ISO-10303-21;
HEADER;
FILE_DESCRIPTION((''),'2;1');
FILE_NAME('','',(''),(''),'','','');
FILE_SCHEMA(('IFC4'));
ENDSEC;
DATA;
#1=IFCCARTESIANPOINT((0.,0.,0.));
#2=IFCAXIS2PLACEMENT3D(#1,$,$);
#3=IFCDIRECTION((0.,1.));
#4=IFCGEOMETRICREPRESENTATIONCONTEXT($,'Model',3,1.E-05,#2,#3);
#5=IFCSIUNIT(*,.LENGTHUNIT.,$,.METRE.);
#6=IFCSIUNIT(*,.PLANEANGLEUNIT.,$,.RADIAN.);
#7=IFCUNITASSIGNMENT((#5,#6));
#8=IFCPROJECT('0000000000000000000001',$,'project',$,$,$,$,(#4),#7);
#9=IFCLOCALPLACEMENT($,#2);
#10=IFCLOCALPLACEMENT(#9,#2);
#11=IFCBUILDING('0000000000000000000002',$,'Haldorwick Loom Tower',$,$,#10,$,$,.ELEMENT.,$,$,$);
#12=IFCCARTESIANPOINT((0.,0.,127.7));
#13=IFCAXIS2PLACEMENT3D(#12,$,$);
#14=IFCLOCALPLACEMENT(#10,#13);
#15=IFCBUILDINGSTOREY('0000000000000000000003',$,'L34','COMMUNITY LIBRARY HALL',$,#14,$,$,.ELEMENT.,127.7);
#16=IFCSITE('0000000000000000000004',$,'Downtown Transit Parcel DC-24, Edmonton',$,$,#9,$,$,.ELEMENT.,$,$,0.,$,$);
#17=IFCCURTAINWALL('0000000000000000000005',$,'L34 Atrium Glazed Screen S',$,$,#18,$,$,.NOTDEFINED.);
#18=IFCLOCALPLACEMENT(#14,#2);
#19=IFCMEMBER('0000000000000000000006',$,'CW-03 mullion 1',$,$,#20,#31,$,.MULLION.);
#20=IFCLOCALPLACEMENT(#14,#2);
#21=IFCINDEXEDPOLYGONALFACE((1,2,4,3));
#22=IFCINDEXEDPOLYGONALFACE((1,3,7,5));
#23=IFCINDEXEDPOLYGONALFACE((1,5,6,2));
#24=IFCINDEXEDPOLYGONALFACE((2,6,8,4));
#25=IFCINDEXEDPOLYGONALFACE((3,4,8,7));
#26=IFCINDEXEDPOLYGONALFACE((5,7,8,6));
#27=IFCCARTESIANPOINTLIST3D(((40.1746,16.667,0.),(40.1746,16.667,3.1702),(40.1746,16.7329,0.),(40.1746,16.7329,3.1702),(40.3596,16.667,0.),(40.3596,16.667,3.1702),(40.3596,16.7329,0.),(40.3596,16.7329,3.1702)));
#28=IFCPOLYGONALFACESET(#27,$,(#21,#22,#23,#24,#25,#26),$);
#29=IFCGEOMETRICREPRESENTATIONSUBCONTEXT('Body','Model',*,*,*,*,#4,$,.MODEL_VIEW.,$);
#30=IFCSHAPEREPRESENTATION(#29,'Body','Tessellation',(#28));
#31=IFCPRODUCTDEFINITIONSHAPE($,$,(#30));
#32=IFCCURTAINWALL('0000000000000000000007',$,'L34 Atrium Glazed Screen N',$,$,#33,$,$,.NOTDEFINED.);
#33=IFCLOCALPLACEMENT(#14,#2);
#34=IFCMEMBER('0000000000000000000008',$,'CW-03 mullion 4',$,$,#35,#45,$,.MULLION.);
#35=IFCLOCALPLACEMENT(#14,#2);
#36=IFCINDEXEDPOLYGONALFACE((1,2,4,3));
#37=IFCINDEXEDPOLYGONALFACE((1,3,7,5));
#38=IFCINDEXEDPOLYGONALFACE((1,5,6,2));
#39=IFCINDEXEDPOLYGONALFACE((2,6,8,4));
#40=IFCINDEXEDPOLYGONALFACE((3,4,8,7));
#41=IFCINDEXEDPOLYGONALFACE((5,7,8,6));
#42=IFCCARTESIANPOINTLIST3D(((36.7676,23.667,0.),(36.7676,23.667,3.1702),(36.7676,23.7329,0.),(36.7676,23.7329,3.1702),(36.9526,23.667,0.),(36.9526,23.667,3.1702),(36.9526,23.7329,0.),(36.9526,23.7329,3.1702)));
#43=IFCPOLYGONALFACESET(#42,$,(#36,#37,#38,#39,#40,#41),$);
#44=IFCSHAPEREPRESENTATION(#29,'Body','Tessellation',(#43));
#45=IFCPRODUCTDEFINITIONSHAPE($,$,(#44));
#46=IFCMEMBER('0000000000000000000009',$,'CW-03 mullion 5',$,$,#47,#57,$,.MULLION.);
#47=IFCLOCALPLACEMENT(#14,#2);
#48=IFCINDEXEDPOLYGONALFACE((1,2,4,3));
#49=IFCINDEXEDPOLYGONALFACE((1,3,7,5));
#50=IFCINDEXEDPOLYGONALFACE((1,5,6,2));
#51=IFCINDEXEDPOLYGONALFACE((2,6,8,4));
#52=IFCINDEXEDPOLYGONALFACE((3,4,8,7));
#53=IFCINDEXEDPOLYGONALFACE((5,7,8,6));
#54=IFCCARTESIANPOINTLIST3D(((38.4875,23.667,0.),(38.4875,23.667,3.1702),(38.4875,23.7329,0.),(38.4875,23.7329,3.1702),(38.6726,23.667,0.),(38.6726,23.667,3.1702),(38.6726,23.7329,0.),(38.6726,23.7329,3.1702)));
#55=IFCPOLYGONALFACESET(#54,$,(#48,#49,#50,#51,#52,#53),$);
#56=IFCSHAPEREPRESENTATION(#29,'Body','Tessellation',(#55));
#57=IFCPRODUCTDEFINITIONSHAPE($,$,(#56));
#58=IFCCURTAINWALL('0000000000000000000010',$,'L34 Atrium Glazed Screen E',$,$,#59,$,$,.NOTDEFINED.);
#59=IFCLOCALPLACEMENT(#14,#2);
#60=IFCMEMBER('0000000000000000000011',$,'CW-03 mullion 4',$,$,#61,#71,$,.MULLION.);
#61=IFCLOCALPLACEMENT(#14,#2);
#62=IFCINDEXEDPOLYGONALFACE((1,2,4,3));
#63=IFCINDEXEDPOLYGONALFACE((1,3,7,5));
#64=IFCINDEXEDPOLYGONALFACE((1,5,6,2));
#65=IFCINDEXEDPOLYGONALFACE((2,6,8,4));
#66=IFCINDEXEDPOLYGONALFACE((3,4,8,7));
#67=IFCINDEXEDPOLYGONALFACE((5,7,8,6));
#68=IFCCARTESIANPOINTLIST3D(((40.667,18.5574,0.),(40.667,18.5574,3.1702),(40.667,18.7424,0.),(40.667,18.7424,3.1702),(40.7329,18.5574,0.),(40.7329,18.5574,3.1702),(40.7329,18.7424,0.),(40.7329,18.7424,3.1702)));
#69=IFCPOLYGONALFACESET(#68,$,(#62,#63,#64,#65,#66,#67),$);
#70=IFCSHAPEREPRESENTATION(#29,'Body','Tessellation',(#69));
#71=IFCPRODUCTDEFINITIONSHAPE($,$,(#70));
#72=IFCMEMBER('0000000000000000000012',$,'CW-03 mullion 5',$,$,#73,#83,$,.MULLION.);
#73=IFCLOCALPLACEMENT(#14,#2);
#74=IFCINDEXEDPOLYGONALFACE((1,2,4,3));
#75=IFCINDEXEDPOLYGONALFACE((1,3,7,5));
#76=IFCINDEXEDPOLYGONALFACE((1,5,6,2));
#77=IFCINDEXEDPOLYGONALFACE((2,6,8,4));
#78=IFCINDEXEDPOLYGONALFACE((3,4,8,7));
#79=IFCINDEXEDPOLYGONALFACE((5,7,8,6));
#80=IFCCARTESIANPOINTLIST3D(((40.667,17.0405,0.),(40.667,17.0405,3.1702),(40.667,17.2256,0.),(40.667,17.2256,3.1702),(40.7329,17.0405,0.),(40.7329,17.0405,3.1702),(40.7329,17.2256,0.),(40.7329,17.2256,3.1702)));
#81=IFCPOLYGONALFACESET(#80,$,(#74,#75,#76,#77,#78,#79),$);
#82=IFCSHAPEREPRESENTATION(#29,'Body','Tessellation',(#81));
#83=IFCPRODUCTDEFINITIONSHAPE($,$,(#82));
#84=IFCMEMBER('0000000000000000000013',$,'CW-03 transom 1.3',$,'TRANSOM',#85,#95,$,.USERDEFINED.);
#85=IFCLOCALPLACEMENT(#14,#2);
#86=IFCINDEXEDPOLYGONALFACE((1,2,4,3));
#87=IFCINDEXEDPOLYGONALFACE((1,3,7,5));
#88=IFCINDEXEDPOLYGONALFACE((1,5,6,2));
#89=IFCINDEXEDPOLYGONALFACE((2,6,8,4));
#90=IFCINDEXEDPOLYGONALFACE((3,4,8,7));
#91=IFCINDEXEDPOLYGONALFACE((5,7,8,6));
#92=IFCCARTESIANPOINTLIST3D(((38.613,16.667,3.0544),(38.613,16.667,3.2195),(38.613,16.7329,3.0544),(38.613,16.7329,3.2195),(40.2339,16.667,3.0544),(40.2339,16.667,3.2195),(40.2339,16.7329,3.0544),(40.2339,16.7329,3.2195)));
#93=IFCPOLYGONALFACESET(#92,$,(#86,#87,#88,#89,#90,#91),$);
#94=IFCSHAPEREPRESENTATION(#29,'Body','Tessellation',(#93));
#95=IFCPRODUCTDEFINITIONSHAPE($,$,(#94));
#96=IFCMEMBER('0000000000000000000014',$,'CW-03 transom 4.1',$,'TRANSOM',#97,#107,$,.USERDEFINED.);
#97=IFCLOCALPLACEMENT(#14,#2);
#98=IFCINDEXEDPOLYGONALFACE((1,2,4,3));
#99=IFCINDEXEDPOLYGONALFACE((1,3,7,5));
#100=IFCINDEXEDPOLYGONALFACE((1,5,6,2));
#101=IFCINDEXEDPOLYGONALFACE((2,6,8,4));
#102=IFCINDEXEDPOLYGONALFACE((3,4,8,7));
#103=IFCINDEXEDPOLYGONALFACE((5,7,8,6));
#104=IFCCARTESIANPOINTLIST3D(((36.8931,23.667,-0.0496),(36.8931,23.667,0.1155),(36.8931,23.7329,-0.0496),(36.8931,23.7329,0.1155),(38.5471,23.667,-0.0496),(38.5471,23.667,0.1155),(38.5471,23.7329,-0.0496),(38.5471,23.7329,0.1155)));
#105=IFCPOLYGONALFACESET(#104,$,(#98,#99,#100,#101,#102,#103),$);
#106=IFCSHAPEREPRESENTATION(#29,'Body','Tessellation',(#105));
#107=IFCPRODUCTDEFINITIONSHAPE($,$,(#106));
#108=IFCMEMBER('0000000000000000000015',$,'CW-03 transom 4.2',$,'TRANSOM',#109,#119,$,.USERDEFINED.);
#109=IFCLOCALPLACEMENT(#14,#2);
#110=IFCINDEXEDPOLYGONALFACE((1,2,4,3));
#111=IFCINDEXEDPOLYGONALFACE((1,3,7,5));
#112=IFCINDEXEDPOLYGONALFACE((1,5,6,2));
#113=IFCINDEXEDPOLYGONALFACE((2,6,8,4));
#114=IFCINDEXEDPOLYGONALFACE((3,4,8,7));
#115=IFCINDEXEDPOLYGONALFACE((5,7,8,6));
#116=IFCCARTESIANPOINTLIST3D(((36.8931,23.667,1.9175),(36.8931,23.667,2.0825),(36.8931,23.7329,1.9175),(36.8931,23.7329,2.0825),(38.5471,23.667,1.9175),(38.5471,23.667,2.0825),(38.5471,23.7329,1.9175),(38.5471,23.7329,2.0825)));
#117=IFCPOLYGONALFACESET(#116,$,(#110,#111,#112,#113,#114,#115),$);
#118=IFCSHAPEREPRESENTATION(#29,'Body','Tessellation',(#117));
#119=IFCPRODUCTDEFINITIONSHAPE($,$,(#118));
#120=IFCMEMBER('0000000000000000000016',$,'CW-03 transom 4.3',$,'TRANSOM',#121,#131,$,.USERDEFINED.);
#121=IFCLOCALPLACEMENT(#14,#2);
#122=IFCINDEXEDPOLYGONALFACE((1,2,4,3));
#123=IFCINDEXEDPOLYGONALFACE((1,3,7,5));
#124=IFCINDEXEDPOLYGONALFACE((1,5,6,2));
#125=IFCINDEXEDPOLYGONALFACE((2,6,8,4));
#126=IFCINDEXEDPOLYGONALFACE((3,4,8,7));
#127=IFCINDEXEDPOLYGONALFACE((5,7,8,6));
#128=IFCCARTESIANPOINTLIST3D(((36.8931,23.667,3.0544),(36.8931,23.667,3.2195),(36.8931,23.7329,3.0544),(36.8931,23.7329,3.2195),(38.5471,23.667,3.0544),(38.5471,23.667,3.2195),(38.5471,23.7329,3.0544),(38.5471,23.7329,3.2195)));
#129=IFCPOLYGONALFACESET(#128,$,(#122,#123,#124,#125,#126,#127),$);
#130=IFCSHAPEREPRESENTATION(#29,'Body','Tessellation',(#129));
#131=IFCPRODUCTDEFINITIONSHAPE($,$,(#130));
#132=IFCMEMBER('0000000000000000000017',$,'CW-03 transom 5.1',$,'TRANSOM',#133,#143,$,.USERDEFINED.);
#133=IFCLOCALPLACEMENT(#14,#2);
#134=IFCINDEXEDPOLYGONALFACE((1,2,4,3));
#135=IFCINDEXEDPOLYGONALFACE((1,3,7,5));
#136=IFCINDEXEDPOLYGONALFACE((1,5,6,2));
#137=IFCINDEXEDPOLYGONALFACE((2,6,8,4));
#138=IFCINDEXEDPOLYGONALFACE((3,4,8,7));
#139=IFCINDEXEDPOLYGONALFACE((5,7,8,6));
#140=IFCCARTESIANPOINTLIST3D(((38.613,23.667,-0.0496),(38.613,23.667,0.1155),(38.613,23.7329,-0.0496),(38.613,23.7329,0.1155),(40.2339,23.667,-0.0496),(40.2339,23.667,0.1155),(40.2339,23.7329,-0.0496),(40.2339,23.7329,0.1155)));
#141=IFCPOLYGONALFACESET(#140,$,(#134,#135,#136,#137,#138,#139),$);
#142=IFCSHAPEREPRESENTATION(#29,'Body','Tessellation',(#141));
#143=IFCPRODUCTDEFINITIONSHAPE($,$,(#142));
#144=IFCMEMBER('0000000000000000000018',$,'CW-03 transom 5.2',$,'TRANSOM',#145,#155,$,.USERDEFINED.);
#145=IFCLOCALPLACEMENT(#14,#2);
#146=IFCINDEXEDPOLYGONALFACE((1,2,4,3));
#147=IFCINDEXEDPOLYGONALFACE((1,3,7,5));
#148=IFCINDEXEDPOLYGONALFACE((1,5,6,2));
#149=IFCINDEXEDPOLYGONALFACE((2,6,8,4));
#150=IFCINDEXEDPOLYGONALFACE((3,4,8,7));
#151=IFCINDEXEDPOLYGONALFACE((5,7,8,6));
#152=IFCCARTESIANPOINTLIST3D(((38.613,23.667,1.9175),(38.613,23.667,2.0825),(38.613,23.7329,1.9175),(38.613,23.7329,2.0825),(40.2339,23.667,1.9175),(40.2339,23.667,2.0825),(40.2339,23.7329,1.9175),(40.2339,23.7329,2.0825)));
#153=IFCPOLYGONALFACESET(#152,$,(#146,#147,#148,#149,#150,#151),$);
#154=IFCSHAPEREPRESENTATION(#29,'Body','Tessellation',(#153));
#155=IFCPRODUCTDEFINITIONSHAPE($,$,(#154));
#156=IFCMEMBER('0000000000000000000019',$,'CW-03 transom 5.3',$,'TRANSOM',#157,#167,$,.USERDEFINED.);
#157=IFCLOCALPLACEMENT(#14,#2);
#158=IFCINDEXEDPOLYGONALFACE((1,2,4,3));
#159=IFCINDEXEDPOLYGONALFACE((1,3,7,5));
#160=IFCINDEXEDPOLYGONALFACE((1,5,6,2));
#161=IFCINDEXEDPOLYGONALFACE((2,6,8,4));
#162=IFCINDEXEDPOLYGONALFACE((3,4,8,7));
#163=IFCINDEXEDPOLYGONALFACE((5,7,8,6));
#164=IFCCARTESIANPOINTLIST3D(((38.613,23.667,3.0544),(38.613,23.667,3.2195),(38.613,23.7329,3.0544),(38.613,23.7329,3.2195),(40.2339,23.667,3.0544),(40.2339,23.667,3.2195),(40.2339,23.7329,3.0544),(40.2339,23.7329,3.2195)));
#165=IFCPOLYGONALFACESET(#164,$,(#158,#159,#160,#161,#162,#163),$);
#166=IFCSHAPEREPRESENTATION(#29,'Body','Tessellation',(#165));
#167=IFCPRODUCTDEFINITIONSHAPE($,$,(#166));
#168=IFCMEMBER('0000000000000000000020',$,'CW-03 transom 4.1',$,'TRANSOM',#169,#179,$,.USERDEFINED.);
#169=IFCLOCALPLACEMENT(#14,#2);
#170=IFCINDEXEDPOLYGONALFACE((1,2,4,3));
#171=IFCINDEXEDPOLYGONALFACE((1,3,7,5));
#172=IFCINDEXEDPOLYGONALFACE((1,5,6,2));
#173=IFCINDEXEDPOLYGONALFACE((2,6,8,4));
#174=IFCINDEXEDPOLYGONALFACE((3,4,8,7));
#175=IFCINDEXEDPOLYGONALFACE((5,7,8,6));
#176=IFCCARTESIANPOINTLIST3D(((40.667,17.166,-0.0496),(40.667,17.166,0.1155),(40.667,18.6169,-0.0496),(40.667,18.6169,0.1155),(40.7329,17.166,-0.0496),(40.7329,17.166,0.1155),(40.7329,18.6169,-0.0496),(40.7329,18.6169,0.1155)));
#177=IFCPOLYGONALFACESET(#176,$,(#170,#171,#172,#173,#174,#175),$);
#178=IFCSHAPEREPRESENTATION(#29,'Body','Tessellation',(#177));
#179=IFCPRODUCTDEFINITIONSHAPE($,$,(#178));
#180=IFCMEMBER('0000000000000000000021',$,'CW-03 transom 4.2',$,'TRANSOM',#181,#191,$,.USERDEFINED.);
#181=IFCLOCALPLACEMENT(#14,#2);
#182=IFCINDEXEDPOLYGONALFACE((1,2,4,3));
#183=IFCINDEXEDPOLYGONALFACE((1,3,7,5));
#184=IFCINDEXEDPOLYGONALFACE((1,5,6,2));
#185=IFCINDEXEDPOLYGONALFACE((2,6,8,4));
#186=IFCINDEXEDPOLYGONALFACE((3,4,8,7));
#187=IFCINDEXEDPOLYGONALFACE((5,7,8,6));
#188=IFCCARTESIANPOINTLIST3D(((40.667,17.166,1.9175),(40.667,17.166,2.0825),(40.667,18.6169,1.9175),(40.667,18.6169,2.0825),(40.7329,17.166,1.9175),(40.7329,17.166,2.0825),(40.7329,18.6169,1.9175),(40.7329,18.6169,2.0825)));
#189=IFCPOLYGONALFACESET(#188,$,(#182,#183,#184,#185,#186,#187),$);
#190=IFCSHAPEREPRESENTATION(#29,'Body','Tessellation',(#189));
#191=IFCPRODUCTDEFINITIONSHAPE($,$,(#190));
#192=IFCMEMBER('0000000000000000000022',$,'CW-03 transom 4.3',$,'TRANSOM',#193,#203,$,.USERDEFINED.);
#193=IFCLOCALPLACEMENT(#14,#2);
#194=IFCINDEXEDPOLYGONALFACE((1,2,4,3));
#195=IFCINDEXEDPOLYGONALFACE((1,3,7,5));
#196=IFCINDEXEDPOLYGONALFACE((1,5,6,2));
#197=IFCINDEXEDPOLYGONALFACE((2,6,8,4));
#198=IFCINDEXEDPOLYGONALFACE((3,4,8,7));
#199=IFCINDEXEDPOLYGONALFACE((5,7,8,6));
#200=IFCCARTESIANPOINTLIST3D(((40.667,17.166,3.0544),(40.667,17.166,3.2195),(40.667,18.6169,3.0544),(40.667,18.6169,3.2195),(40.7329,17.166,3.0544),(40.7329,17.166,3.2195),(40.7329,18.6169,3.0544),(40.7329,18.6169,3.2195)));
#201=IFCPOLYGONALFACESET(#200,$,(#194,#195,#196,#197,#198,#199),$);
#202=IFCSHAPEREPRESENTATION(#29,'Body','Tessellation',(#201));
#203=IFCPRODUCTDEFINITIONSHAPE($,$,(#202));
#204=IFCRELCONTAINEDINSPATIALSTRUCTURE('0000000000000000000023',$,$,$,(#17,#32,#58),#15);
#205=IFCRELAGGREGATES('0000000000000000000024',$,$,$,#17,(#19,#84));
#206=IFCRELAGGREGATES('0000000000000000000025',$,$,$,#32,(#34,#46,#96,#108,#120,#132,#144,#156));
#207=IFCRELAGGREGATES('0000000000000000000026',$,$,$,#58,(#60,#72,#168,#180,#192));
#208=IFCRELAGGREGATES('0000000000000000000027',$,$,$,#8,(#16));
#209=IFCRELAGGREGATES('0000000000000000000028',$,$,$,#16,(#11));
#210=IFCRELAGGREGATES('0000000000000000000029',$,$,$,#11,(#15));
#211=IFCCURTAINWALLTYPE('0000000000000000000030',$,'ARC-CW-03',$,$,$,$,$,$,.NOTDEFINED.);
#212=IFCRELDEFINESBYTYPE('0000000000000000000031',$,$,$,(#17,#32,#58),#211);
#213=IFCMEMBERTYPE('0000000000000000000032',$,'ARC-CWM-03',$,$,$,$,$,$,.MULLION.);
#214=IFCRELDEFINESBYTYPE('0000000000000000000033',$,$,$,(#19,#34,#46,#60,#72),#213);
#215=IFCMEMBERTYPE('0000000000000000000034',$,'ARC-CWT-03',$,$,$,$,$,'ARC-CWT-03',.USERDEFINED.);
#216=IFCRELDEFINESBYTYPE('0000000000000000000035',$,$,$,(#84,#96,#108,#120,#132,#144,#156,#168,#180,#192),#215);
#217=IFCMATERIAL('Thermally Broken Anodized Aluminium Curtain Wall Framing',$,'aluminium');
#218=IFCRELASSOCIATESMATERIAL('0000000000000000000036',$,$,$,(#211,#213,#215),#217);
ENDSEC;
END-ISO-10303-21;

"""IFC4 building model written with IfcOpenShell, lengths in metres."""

from ifc_helpers import new_model, si_unit, direction, frame, origin, origin_2d, place, context, subcontext, project, spatial, rectangle, extrude, material, material_profile, profile_set, type_object, element, aggregate, save


model = new_model("IFC4")

# Units and contexts
model_context = context("Model", 3, precision=1e-05, world=origin(), true_north=direction((0.0, 1.0)))
body_context = subcontext(model_context, "Body", "Model", "MODEL_VIEW")
ifc_project = project(units=[si_unit("LENGTHUNIT", "METRE"), si_unit("PLANEANGLEUNIT", "RADIAN")], contexts=[model_context])

# Site, building, storey
site_placement = place(None, origin())
site = spatial("IfcSite", under=ifc_project, at=site_placement, Name="Downtown Transit Parcel DC-24, Edmonton", CompositionType="ELEMENT", RefElevation=0.0)
building_placement = place(site_placement, origin())
building = spatial("IfcBuilding", under=site, at=building_placement, Name="Haldorwick Loom Tower", CompositionType="ELEMENT")
storey_placement = place(building_placement, frame((0.0, 0.0, 127.7)))
storey = spatial("IfcBuildingStorey", under=building, at=storey_placement, Name="L34", Description="COMMUNITY LIBRARY HALL", CompositionType="ELEMENT", Elevation=127.7)

# Curtain wall, member
ifc_material_1 = material(Name="Thermally Broken Anodized Aluminium Curtain Wall Framing", Category="aluminium")
curtain_wall_type = type_object("IfcCurtainWallType", Name="ARC-CW-03", PredefinedType="NOTDEFINED", material=ifc_material_1)
curtain_wall_1_placement = place(storey_placement, origin())
curtain_wall_1 = element("IfcCurtainWall", 1, at=curtain_wall_1_placement, inside=storey, type_object=curtain_wall_type, Name="L34 Atrium Glazed Screen S", PredefinedType="NOTDEFINED")
ifc_material_profile_1 = material_profile(ifc_material_1, rectangle(XDim=0.0659, YDim=0.1851, at=origin_2d()), Name="ALU_MUL_66X185", Category="aluminium")
ifc_profile_set_1 = profile_set([ifc_material_profile_1], Name="Thermally Broken Anodized Aluminium Curtain Wall Framing")
member_type_1 = type_object("IfcMemberType", Name="ARC-CWM-03", PredefinedType="MULLION", material=ifc_profile_set_1)
member_1_placement = place(storey_placement, frame((40.2671, 16.7, 0.0), z_axis=(0.0, 0.0, 1.0), x_axis=(0.0, -1.0, 0.0)))
member_1 = element("IfcMember", 2, at=member_1_placement, type_object=member_type_1, Name="CW-03 mullion 1", PredefinedType="MULLION", context=body_context, shape_type="SweptSolid", body=[
    extrude(rectangle(XDim=0.0659, YDim=0.1851, at=origin_2d()), origin(), (0.0, 0.0, 1.0), 3.1702),
])

# Curtain walls, members
curtain_wall_2_placement = place(storey_placement, origin())
curtain_wall_2 = element("IfcCurtainWall", 3, at=curtain_wall_2_placement, inside=storey, type_object=curtain_wall_type, Name="L34 Atrium Glazed Screen N", PredefinedType="NOTDEFINED")
member_2_placement = place(storey_placement, frame((36.8601, 23.7, 0.0), z_axis=(0.0, 0.0, 1.0), x_axis=(0.0, 1.0, 0.0)))
member_2 = element("IfcMember", 4, at=member_2_placement, type_object=member_type_1, Name="CW-03 mullion 4", PredefinedType="MULLION", context=body_context, shape_type="SweptSolid", body=[
    extrude(rectangle(XDim=0.0659, YDim=0.1851, at=origin_2d()), origin(), (0.0, 0.0, 1.0), 3.1702),
])
member_3_placement = place(storey_placement, frame((38.5801, 23.7, 0.0), z_axis=(0.0, 0.0, 1.0), x_axis=(0.0, 1.0, 0.0)))
member_3 = element("IfcMember", 5, at=member_3_placement, type_object=member_type_1, Name="CW-03 mullion 5", PredefinedType="MULLION", context=body_context, shape_type="SweptSolid", body=[
    extrude(rectangle(XDim=0.0659, YDim=0.1851, at=origin_2d()), origin(), (0.0, 0.0, 1.0), 3.1702),
])
curtain_wall_3_placement = place(storey_placement, origin())
curtain_wall_3 = element("IfcCurtainWall", 6, at=curtain_wall_3_placement, inside=storey, type_object=curtain_wall_type, Name="L34 Atrium Glazed Screen E", PredefinedType="NOTDEFINED")
member_4_placement = place(storey_placement, frame((40.7, 18.6499, 0.0), z_axis=(0.0, 0.0, 1.0), x_axis=(1.0, 0.0, 0.0)))
member_4 = element("IfcMember", 7, at=member_4_placement, type_object=member_type_1, Name="CW-03 mullion 4", PredefinedType="MULLION", context=body_context, shape_type="SweptSolid", body=[
    extrude(rectangle(XDim=0.0659, YDim=0.1851, at=origin_2d()), origin(), (0.0, 0.0, 1.0), 3.1702),
])
member_5_placement = place(storey_placement, frame((40.7, 17.1331, 0.0), z_axis=(0.0, 0.0, 1.0), x_axis=(1.0, 0.0, 0.0)))
member_5 = element("IfcMember", 8, at=member_5_placement, type_object=member_type_1, Name="CW-03 mullion 5", PredefinedType="MULLION", context=body_context, shape_type="SweptSolid", body=[
    extrude(rectangle(XDim=0.0659, YDim=0.1851, at=origin_2d()), origin(), (0.0, 0.0, 1.0), 3.1702),
])

# Members
ifc_material_profile_2 = material_profile(ifc_material_1, rectangle(XDim=0.0659, YDim=0.165, at=origin_2d()), Name="ALU_TRN_66X165", Category="aluminium")
ifc_profile_set_2 = profile_set([ifc_material_profile_2], Name="Thermally Broken Anodized Aluminium Curtain Wall Framing")
member_type_2 = type_object("IfcMemberType", Name="ARC-CWT-03", ElementType="ARC-CWT-03", PredefinedType="USERDEFINED", material=ifc_profile_set_2)
member_6_placement = place(storey_placement, frame((40.2339, 16.7, 3.137), z_axis=(-1.0, 0.0, 0.0), x_axis=(0.0, -1.0, 0.0)))
member_6 = element("IfcMember", 9, at=member_6_placement, type_object=member_type_2, Name="CW-03 transom 1.3", ObjectType="TRANSOM", PredefinedType="USERDEFINED", context=body_context, shape_type="SweptSolid", body=[
    extrude(rectangle(XDim=0.0659, YDim=0.165, at=origin_2d()), origin(), (0.0, 0.0, 1.0), 1.6208),
])
aggregate(curtain_wall_1, [member_1, member_6])
member_7_placement = place(storey_placement, frame((36.8931, 23.7, 0.033), z_axis=(1.0, 0.0, 0.0), x_axis=(0.0, 1.0, 0.0)))
member_7 = element("IfcMember", 10, at=member_7_placement, type_object=member_type_2, Name="CW-03 transom 4.1", ObjectType="TRANSOM", PredefinedType="USERDEFINED", context=body_context, shape_type="SweptSolid", body=[
    extrude(rectangle(XDim=0.0659, YDim=0.165, at=origin_2d()), origin(), (0.0, 0.0, 1.0), 1.6541),
])
member_8_placement = place(storey_placement, frame((36.8931, 23.7, 2.0), z_axis=(1.0, 0.0, 0.0), x_axis=(0.0, 1.0, 0.0)))
member_8 = element("IfcMember", 11, at=member_8_placement, type_object=member_type_2, Name="CW-03 transom 4.2", ObjectType="TRANSOM", PredefinedType="USERDEFINED", context=body_context, shape_type="SweptSolid", body=[
    extrude(rectangle(XDim=0.0659, YDim=0.165, at=origin_2d()), origin(), (0.0, 0.0, 1.0), 1.6541),
])
member_9_placement = place(storey_placement, frame((36.8931, 23.7, 3.137), z_axis=(1.0, 0.0, 0.0), x_axis=(0.0, 1.0, 0.0)))
member_9 = element("IfcMember", 12, at=member_9_placement, type_object=member_type_2, Name="CW-03 transom 4.3", ObjectType="TRANSOM", PredefinedType="USERDEFINED", context=body_context, shape_type="SweptSolid", body=[
    extrude(rectangle(XDim=0.0659, YDim=0.165, at=origin_2d()), origin(), (0.0, 0.0, 1.0), 1.6541),
])
member_10_placement = place(storey_placement, frame((38.613, 23.7, 0.033), z_axis=(1.0, 0.0, 0.0), x_axis=(0.0, 1.0, 0.0)))
member_10 = element("IfcMember", 13, at=member_10_placement, type_object=member_type_2, Name="CW-03 transom 5.1", ObjectType="TRANSOM", PredefinedType="USERDEFINED", context=body_context, shape_type="SweptSolid", body=[
    extrude(rectangle(XDim=0.0659, YDim=0.165, at=origin_2d()), origin(), (0.0, 0.0, 1.0), 1.6208),
])
member_11_placement = place(storey_placement, frame((38.613, 23.7, 2.0), z_axis=(1.0, 0.0, 0.0), x_axis=(0.0, 1.0, 0.0)))
member_11 = element("IfcMember", 14, at=member_11_placement, type_object=member_type_2, Name="CW-03 transom 5.2", ObjectType="TRANSOM", PredefinedType="USERDEFINED", context=body_context, shape_type="SweptSolid", body=[
    extrude(rectangle(XDim=0.0659, YDim=0.165, at=origin_2d()), origin(), (0.0, 0.0, 1.0), 1.6208),
])
member_12_placement = place(storey_placement, frame((38.613, 23.7, 3.137), z_axis=(1.0, 0.0, 0.0), x_axis=(0.0, 1.0, 0.0)))
member_12 = element("IfcMember", 15, at=member_12_placement, type_object=member_type_2, Name="CW-03 transom 5.3", ObjectType="TRANSOM", PredefinedType="USERDEFINED", context=body_context, shape_type="SweptSolid", body=[
    extrude(rectangle(XDim=0.0659, YDim=0.165, at=origin_2d()), origin(), (0.0, 0.0, 1.0), 1.6208),
])
member_13_placement = place(storey_placement, frame((40.7, 18.6169, 0.033), z_axis=(0.0, -1.0, 0.0), x_axis=(1.0, 0.0, 0.0)))
member_13 = element("IfcMember", 16, at=member_13_placement, type_object=member_type_2, Name="CW-03 transom 4.1", ObjectType="TRANSOM", PredefinedType="USERDEFINED", context=body_context, shape_type="SweptSolid", body=[
    extrude(rectangle(XDim=0.0659, YDim=0.165, at=origin_2d()), origin(), (0.0, 0.0, 1.0), 1.4509),
])
member_14_placement = place(storey_placement, frame((40.7, 18.6169, 2.0), z_axis=(0.0, -1.0, 0.0), x_axis=(1.0, 0.0, 0.0)))
member_14 = element("IfcMember", 17, at=member_14_placement, type_object=member_type_2, Name="CW-03 transom 4.2", ObjectType="TRANSOM", PredefinedType="USERDEFINED", context=body_context, shape_type="SweptSolid", body=[
    extrude(rectangle(XDim=0.0659, YDim=0.165, at=origin_2d()), origin(), (0.0, 0.0, 1.0), 1.4509),
])
member_15_placement = place(storey_placement, frame((40.7, 18.6169, 3.137), z_axis=(0.0, -1.0, 0.0), x_axis=(1.0, 0.0, 0.0)))
member_15 = element("IfcMember", 18, at=member_15_placement, type_object=member_type_2, Name="CW-03 transom 4.3", ObjectType="TRANSOM", PredefinedType="USERDEFINED", context=body_context, shape_type="SweptSolid", body=[
    extrude(rectangle(XDim=0.0659, YDim=0.165, at=origin_2d()), origin(), (0.0, 0.0, 1.0), 1.4509),
])

aggregate(curtain_wall_2, [member_2, member_3, member_7, member_8, member_9, member_10, member_11, member_12])
aggregate(curtain_wall_3, [member_4, member_5, member_13, member_14, member_15])

save(model, "model.ifc")
